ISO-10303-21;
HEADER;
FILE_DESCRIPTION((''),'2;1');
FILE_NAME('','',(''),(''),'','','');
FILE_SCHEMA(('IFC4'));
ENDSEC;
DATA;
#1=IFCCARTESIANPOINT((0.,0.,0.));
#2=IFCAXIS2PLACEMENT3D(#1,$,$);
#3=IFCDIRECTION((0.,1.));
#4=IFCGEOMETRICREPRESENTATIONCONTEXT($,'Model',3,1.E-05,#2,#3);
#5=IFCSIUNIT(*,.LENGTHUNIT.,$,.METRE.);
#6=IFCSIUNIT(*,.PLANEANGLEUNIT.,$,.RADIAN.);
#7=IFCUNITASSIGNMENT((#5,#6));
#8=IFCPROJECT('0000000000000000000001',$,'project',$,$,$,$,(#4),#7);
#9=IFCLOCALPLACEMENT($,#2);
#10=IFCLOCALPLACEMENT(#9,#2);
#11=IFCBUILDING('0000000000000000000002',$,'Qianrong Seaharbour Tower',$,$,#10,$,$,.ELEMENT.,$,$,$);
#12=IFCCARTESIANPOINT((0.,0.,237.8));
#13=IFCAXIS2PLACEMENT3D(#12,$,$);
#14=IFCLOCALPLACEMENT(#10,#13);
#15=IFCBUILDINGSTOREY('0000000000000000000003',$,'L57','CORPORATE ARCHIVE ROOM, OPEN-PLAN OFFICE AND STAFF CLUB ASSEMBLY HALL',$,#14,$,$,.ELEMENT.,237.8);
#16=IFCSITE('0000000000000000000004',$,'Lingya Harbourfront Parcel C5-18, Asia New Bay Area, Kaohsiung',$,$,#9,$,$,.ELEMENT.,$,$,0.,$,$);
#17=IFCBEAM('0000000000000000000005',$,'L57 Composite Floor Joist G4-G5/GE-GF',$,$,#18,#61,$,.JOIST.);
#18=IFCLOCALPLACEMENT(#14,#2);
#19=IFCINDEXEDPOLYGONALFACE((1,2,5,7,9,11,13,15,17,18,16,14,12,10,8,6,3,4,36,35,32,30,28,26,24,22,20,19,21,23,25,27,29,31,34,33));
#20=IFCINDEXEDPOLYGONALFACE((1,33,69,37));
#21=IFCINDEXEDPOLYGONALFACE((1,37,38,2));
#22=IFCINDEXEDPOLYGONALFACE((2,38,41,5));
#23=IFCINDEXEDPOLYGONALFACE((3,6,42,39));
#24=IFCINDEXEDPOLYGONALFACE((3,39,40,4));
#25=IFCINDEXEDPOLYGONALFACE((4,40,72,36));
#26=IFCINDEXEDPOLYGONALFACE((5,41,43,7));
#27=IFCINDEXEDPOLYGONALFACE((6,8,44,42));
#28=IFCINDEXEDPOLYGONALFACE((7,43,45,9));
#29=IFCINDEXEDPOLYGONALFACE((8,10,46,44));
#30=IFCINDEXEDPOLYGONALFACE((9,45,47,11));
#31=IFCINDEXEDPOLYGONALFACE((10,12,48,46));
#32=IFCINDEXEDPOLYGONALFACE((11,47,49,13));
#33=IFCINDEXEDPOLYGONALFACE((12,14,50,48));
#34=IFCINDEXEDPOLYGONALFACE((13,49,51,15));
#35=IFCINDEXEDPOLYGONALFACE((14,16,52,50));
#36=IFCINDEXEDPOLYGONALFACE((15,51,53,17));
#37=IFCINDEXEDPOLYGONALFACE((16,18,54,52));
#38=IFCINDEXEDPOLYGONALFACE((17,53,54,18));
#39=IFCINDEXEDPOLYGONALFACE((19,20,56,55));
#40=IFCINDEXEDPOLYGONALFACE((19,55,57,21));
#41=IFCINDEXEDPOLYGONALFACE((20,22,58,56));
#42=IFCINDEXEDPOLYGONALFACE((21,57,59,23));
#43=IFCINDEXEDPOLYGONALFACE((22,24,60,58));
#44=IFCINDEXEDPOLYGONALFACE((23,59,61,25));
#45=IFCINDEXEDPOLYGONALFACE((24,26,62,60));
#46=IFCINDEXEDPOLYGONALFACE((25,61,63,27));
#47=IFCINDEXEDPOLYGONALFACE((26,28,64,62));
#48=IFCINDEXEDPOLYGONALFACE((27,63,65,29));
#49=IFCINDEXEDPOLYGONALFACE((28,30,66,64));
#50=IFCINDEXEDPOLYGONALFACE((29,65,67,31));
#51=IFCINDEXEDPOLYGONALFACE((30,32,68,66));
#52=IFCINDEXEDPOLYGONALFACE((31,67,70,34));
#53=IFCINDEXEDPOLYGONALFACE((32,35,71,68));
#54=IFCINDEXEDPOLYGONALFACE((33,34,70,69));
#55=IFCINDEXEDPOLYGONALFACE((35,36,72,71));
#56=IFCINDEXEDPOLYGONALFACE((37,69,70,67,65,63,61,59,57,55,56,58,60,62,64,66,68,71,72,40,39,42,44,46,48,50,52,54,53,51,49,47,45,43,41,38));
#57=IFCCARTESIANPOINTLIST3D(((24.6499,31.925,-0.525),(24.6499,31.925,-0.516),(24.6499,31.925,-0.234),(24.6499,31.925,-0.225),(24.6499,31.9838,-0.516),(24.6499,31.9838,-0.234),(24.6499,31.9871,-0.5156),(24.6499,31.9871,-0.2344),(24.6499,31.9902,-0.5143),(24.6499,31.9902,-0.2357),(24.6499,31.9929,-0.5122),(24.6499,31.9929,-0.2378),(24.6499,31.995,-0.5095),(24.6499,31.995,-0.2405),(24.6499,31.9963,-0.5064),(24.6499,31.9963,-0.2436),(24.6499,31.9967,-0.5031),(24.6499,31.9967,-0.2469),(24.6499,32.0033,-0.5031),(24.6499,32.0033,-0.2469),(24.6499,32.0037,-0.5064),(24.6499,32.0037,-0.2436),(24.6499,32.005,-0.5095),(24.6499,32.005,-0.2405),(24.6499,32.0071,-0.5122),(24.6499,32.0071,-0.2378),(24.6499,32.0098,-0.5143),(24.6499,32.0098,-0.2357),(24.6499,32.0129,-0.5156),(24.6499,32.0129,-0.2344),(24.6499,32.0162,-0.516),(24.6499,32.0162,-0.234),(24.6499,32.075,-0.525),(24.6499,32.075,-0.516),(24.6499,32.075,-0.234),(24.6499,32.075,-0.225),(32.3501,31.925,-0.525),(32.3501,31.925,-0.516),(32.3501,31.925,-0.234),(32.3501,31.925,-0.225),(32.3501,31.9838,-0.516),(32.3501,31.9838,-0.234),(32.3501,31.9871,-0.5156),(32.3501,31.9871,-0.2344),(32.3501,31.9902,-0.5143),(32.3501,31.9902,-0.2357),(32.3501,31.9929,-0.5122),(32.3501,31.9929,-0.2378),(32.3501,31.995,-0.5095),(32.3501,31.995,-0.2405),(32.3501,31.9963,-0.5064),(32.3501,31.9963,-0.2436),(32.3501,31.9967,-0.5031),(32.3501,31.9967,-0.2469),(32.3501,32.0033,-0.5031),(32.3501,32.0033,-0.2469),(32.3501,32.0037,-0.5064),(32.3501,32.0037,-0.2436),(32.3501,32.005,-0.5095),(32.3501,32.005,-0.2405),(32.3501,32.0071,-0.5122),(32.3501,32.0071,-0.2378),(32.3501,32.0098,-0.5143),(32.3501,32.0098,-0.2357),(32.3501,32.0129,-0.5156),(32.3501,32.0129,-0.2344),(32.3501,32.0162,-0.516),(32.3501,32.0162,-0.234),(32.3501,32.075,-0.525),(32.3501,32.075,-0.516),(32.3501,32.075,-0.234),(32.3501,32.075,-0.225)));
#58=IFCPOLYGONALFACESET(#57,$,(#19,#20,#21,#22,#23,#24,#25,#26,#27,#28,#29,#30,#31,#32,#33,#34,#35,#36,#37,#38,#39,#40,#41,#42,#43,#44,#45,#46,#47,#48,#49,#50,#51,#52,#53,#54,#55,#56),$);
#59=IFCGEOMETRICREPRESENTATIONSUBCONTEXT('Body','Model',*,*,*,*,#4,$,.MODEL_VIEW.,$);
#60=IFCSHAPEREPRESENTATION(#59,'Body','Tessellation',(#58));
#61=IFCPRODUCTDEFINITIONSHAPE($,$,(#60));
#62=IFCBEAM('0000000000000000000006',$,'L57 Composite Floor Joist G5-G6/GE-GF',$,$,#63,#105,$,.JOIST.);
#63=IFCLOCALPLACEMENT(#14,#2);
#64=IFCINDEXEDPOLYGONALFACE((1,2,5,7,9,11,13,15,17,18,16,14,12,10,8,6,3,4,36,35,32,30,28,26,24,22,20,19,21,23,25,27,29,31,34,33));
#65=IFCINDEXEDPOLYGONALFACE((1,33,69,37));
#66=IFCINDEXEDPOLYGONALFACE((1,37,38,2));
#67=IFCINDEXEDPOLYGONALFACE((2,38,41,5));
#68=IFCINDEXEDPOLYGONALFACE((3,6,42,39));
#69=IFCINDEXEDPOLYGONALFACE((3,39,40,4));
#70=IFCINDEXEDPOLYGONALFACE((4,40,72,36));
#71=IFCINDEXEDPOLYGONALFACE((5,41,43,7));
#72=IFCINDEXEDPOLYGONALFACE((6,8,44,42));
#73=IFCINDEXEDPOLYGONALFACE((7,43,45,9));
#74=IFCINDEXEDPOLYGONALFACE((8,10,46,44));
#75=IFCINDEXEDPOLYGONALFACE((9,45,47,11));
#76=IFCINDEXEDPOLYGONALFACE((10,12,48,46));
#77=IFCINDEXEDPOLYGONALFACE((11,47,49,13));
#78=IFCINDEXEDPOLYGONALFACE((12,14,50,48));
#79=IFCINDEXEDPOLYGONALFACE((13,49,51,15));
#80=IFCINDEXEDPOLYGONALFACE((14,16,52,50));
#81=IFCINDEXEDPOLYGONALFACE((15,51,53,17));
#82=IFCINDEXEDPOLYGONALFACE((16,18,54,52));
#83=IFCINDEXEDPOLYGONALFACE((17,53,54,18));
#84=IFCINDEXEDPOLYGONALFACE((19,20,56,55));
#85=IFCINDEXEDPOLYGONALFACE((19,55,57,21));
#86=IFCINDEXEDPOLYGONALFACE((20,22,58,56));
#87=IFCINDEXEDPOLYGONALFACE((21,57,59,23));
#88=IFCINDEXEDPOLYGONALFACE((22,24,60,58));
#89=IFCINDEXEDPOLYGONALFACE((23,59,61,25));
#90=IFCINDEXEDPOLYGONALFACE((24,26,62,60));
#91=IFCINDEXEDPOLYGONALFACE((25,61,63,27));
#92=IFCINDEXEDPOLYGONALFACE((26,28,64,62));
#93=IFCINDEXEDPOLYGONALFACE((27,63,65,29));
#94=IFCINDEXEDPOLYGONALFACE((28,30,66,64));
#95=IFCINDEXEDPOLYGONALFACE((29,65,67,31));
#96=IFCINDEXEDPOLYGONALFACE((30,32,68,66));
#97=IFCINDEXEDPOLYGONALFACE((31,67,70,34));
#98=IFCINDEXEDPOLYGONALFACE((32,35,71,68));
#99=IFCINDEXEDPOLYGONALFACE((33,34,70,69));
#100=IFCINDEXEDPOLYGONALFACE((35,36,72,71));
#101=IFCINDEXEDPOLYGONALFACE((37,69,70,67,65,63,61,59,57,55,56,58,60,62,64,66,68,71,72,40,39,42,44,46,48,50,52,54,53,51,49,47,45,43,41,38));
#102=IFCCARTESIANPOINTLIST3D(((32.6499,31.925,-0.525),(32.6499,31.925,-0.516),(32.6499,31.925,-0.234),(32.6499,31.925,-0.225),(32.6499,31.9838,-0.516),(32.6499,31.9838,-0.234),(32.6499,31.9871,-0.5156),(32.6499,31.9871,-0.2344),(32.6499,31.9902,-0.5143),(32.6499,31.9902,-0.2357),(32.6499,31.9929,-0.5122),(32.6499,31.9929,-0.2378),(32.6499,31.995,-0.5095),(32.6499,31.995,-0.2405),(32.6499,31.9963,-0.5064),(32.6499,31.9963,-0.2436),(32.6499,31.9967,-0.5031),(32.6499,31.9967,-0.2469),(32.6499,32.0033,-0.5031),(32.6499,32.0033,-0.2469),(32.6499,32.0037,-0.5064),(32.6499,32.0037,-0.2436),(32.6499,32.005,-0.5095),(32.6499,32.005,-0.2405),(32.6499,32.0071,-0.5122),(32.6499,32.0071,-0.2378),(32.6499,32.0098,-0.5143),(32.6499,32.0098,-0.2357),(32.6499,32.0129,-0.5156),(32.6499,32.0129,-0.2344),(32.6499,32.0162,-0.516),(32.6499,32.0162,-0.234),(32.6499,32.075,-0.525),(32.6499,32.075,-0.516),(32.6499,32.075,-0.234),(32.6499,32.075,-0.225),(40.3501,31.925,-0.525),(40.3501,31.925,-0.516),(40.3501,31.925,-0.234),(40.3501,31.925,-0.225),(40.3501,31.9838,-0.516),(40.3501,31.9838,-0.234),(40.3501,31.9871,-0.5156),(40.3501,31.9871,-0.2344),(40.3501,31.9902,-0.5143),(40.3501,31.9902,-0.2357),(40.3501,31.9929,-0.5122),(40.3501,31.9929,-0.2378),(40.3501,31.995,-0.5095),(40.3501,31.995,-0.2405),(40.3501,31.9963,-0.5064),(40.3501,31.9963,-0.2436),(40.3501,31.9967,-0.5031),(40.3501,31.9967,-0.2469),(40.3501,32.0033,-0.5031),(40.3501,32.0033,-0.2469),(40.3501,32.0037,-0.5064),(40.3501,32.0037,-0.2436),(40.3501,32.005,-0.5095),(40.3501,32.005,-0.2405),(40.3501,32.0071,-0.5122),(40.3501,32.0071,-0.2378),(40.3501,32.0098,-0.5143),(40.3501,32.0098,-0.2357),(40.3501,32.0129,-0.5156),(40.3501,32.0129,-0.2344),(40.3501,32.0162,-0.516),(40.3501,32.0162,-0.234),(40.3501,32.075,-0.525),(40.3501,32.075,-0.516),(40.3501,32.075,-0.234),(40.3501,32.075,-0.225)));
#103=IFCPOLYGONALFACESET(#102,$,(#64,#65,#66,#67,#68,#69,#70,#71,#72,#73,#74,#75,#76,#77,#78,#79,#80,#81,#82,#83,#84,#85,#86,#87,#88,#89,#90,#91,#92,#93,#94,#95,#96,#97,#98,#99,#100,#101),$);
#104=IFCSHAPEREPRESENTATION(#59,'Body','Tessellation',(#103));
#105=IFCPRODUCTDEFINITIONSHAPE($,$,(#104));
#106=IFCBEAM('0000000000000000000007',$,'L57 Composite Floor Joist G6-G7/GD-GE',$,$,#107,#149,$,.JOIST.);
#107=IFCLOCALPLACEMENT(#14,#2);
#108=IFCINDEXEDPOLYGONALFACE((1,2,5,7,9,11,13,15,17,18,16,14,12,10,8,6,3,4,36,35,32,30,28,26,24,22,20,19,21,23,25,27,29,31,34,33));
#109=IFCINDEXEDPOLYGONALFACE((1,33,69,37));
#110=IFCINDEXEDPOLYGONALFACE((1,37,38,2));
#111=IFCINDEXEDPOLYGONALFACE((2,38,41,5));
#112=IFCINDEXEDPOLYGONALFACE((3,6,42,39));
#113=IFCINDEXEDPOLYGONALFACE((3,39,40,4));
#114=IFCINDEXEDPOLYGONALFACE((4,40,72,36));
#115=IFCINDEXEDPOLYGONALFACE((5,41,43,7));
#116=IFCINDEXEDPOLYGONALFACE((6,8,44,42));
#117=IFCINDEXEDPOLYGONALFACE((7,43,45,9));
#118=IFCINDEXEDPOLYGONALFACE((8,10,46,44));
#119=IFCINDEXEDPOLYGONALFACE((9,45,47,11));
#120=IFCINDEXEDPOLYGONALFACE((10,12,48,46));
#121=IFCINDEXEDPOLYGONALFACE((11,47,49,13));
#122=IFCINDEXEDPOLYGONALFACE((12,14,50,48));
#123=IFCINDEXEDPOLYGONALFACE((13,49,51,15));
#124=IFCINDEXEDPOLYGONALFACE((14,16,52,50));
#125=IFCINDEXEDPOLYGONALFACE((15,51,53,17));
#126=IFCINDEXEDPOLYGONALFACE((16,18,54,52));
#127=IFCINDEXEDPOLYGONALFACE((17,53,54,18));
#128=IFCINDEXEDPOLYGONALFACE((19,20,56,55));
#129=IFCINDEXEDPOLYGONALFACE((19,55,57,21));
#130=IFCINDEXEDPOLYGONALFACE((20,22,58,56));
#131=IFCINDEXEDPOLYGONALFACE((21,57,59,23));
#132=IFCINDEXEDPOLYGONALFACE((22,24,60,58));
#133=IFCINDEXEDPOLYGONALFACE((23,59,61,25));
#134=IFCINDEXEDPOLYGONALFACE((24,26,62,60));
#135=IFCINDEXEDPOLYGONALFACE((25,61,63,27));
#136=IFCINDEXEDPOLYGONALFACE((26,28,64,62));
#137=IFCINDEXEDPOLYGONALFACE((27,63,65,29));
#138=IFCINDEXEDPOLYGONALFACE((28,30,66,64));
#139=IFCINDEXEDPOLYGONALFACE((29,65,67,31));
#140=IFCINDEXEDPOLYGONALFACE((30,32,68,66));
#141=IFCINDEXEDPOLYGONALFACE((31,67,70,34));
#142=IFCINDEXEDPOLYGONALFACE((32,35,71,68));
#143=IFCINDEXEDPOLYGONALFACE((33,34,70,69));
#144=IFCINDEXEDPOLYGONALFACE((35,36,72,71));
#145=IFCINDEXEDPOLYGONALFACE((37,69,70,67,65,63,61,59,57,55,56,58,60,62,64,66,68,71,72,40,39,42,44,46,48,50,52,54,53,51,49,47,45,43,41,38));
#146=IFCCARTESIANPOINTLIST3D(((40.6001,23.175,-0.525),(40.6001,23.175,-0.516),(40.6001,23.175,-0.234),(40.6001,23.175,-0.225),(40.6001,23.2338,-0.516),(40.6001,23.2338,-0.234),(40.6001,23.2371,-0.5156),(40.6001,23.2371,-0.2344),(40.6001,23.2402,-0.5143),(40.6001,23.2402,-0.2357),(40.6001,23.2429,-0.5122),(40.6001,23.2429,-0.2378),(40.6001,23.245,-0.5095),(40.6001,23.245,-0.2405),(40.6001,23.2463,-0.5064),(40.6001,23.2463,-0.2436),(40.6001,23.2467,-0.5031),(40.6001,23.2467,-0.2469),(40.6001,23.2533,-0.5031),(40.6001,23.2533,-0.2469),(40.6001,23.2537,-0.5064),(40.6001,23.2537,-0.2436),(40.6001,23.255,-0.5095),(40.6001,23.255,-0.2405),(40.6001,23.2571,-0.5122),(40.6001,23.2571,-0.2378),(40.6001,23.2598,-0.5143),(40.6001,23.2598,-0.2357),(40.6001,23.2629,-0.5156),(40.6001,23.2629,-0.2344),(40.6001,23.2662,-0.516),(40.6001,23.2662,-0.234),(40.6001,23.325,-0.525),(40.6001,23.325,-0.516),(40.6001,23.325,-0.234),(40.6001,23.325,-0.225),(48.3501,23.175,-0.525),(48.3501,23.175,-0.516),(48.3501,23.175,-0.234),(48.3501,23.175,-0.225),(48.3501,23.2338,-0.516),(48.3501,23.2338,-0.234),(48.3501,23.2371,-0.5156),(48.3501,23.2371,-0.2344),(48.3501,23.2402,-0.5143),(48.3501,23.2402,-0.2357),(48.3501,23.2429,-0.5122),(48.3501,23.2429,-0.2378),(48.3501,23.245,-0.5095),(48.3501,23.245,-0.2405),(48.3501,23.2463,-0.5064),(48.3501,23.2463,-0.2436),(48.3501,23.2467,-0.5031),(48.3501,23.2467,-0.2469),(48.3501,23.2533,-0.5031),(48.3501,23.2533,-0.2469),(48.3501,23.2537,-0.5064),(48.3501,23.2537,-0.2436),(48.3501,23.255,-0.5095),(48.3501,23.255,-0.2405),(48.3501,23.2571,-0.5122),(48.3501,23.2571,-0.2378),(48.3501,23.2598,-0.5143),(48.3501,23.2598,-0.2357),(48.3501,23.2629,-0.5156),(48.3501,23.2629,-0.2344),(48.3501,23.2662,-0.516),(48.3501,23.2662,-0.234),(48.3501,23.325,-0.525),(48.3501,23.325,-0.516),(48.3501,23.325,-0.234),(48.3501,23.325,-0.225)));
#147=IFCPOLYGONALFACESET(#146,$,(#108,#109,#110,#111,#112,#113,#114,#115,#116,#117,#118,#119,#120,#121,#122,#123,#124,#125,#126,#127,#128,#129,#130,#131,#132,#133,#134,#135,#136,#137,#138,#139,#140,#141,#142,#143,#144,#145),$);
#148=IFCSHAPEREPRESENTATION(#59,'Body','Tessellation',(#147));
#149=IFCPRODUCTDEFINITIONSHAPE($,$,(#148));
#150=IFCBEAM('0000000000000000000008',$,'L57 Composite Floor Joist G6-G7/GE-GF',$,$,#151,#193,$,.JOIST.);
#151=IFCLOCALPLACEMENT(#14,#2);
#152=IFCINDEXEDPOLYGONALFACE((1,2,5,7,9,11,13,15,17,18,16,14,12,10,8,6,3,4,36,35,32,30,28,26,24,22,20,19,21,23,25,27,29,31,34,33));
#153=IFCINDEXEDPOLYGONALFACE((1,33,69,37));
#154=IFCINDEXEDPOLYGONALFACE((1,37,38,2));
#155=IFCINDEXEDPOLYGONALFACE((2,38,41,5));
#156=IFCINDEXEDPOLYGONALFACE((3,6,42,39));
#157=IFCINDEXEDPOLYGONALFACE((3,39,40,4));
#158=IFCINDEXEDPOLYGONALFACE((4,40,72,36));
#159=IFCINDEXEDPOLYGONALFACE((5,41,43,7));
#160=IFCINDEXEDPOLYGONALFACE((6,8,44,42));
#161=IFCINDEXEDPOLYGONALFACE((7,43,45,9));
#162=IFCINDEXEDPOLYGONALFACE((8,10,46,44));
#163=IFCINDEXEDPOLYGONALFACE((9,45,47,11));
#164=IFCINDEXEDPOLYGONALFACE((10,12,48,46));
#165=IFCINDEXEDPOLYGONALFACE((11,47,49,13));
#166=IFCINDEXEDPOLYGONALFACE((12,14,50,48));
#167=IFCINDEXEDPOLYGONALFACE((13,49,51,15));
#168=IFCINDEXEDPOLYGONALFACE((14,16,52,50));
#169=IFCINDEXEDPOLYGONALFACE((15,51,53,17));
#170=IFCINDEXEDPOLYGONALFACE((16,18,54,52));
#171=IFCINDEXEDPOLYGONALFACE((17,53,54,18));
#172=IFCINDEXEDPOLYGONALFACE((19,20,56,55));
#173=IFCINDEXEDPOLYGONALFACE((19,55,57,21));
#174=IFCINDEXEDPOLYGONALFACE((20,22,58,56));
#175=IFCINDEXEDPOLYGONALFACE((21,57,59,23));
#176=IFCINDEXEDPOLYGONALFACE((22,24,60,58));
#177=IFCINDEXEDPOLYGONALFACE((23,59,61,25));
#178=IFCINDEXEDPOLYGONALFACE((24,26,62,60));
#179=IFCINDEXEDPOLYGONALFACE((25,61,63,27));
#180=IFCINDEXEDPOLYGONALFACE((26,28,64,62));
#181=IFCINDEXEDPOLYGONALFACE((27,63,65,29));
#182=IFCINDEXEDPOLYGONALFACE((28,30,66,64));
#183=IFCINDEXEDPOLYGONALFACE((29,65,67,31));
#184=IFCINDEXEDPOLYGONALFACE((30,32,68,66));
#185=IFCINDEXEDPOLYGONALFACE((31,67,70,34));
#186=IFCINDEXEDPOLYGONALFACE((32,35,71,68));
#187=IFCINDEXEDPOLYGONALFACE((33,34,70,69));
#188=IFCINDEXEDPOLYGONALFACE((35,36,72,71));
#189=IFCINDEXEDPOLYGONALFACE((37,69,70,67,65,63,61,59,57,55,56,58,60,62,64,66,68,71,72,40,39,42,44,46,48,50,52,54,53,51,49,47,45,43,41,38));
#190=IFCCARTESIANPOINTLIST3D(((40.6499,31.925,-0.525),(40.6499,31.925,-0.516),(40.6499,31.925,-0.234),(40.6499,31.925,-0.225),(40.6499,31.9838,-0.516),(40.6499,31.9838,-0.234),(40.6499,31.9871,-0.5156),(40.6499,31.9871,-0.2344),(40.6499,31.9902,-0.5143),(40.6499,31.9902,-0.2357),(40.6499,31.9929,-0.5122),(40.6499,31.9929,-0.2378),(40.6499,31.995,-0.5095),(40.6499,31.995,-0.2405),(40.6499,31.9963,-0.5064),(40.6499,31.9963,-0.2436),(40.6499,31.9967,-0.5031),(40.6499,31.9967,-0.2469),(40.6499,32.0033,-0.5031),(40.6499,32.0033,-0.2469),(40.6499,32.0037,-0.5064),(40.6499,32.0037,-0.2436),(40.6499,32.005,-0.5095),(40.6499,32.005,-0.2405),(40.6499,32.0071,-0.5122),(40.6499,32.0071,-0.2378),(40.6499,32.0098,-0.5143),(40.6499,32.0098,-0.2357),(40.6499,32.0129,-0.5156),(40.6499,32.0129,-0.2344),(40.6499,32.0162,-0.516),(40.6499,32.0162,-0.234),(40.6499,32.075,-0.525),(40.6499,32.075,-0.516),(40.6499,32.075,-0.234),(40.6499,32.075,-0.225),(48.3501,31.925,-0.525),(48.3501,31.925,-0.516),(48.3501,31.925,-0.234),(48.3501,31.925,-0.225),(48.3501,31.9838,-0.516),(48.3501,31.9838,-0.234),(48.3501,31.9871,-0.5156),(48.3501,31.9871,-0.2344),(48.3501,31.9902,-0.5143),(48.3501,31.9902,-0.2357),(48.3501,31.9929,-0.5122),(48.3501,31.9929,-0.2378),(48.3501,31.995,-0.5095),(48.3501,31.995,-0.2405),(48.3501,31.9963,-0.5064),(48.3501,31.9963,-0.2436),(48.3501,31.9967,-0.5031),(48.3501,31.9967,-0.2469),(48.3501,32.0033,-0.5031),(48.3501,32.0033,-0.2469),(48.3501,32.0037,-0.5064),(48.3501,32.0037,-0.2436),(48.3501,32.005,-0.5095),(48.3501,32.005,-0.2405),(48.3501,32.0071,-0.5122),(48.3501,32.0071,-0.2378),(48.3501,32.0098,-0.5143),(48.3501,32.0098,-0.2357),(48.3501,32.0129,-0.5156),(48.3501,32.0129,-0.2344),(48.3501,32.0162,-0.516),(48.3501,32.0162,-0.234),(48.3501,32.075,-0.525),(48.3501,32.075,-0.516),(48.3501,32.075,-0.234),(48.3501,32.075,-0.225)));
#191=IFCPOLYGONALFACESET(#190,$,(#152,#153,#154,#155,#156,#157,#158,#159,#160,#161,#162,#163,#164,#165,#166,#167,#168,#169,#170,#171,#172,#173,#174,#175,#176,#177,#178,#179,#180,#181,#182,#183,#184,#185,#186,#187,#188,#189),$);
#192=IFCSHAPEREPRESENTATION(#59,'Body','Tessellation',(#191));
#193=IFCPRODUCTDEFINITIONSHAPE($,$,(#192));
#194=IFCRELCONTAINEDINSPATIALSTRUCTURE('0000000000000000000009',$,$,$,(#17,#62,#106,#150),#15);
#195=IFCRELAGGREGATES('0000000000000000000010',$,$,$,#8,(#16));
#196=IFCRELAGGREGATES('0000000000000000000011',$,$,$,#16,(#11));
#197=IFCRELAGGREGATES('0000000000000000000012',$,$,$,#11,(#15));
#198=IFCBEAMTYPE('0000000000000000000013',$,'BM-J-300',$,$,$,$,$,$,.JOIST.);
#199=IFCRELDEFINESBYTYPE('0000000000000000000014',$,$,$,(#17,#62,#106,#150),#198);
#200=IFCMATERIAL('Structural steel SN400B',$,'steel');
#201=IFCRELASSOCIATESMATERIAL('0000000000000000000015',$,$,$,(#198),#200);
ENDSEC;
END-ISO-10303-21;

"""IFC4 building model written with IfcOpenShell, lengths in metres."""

from ifc_helpers import new_model, si_unit, direction, frame, origin, origin_2d, place, context, subcontext, project, spatial, i_section, extrude, material, material_profile, profile_set, type_object, element, save


model = new_model("IFC4")

# Units and contexts
model_context = context("Model", 3, precision=1e-05, world=origin(), true_north=direction((0.0, 1.0)))
body_context = subcontext(model_context, "Body", "Model", "MODEL_VIEW")
ifc_project = project(units=[si_unit("LENGTHUNIT", "METRE"), si_unit("PLANEANGLEUNIT", "RADIAN")], contexts=[model_context])

# Site, building, storey
site_placement = place(None, origin())
site = spatial("IfcSite", under=ifc_project, at=site_placement, Name="Lingya Harbourfront Parcel C5-18, Asia New Bay Area, Kaohsiung", CompositionType="ELEMENT", RefElevation=0.0)
building_placement = place(site_placement, origin())
building = spatial("IfcBuilding", under=site, at=building_placement, Name="Qianrong Seaharbour Tower", CompositionType="ELEMENT")
storey_placement = place(building_placement, frame((0.0, 0.0, 237.8)))
storey = spatial("IfcBuildingStorey", under=building, at=storey_placement, Name="L57", Description="CORPORATE ARCHIVE ROOM, OPEN-PLAN OFFICE AND STAFF CLUB ASSEMBLY HALL", CompositionType="ELEMENT", Elevation=237.8)

# Beams
ifc_material_1 = material(Name="Structural steel SN400B", Category="steel")
ifc_material_profile_1 = material_profile(ifc_material_1, i_section(OverallWidth=0.1499, OverallDepth=0.3, WebThickness=0.0066, FlangeThickness=0.009, FilletRadius=0.0129, at=origin_2d()), Name="H300x150x6.5x9")
ifc_profile_set_1 = profile_set([ifc_material_profile_1], Name="Structural steel SN400B")
beam_type_1 = type_object("IfcBeamType", Name="BM-J-300", PredefinedType="JOIST", material=ifc_profile_set_1)
for number, where, z_axis, x_axis, name in (
    (1, (24.6499, 32.0, -0.375), (1.0, 0.0, 0.0), (0.0, 1.0, 0.0), "L57 Composite Floor Joist G4-G5/GE-GF"),
    (2, (32.6499, 32.0, -0.375), (1.0, 0.0, 0.0), (0.0, 1.0, 0.0), "L57 Composite Floor Joist G5-G6/GE-GF"),
):
    element("IfcBeam", number, at=place(storey_placement, frame(where, z_axis=z_axis, x_axis=x_axis)), inside=storey, type_object=beam_type_1, Name=name, PredefinedType="JOIST", context=body_context, shape_type="SweptSolid", body=[
        extrude(i_section(OverallWidth=0.1499, OverallDepth=0.3, WebThickness=0.0066, FlangeThickness=0.009, FilletRadius=0.0129, at=origin_2d()), origin(), (0.0, 0.0, 1.0), 7.7002),
    ])
beam_1_placement = place(storey_placement, frame((40.6001, 23.25, -0.375), z_axis=(1.0, 0.0, 0.0), x_axis=(0.0, 1.0, 0.0)))
element("IfcBeam", 3, at=beam_1_placement, inside=storey, type_object=beam_type_1, Name="L57 Composite Floor Joist G6-G7/GD-GE", PredefinedType="JOIST", context=body_context, shape_type="SweptSolid", body=[
    extrude(i_section(OverallWidth=0.1499, OverallDepth=0.3, WebThickness=0.0066, FlangeThickness=0.009, FilletRadius=0.0129, at=origin_2d()), origin(), (0.0, 0.0, 1.0), 7.75),
])
beam_2_placement = place(storey_placement, frame((40.6499, 32.0, -0.375), z_axis=(1.0, 0.0, 0.0), x_axis=(0.0, 1.0, 0.0)))
element("IfcBeam", 4, at=beam_2_placement, inside=storey, type_object=beam_type_1, Name="L57 Composite Floor Joist G6-G7/GE-GF", PredefinedType="JOIST", context=body_context, shape_type="SweptSolid", body=[
    extrude(i_section(OverallWidth=0.1499, OverallDepth=0.3, WebThickness=0.0066, FlangeThickness=0.009, FilletRadius=0.0129, at=origin_2d()), origin(), (0.0, 0.0, 1.0), 7.7002),
])

save(model, "model.ifc")
